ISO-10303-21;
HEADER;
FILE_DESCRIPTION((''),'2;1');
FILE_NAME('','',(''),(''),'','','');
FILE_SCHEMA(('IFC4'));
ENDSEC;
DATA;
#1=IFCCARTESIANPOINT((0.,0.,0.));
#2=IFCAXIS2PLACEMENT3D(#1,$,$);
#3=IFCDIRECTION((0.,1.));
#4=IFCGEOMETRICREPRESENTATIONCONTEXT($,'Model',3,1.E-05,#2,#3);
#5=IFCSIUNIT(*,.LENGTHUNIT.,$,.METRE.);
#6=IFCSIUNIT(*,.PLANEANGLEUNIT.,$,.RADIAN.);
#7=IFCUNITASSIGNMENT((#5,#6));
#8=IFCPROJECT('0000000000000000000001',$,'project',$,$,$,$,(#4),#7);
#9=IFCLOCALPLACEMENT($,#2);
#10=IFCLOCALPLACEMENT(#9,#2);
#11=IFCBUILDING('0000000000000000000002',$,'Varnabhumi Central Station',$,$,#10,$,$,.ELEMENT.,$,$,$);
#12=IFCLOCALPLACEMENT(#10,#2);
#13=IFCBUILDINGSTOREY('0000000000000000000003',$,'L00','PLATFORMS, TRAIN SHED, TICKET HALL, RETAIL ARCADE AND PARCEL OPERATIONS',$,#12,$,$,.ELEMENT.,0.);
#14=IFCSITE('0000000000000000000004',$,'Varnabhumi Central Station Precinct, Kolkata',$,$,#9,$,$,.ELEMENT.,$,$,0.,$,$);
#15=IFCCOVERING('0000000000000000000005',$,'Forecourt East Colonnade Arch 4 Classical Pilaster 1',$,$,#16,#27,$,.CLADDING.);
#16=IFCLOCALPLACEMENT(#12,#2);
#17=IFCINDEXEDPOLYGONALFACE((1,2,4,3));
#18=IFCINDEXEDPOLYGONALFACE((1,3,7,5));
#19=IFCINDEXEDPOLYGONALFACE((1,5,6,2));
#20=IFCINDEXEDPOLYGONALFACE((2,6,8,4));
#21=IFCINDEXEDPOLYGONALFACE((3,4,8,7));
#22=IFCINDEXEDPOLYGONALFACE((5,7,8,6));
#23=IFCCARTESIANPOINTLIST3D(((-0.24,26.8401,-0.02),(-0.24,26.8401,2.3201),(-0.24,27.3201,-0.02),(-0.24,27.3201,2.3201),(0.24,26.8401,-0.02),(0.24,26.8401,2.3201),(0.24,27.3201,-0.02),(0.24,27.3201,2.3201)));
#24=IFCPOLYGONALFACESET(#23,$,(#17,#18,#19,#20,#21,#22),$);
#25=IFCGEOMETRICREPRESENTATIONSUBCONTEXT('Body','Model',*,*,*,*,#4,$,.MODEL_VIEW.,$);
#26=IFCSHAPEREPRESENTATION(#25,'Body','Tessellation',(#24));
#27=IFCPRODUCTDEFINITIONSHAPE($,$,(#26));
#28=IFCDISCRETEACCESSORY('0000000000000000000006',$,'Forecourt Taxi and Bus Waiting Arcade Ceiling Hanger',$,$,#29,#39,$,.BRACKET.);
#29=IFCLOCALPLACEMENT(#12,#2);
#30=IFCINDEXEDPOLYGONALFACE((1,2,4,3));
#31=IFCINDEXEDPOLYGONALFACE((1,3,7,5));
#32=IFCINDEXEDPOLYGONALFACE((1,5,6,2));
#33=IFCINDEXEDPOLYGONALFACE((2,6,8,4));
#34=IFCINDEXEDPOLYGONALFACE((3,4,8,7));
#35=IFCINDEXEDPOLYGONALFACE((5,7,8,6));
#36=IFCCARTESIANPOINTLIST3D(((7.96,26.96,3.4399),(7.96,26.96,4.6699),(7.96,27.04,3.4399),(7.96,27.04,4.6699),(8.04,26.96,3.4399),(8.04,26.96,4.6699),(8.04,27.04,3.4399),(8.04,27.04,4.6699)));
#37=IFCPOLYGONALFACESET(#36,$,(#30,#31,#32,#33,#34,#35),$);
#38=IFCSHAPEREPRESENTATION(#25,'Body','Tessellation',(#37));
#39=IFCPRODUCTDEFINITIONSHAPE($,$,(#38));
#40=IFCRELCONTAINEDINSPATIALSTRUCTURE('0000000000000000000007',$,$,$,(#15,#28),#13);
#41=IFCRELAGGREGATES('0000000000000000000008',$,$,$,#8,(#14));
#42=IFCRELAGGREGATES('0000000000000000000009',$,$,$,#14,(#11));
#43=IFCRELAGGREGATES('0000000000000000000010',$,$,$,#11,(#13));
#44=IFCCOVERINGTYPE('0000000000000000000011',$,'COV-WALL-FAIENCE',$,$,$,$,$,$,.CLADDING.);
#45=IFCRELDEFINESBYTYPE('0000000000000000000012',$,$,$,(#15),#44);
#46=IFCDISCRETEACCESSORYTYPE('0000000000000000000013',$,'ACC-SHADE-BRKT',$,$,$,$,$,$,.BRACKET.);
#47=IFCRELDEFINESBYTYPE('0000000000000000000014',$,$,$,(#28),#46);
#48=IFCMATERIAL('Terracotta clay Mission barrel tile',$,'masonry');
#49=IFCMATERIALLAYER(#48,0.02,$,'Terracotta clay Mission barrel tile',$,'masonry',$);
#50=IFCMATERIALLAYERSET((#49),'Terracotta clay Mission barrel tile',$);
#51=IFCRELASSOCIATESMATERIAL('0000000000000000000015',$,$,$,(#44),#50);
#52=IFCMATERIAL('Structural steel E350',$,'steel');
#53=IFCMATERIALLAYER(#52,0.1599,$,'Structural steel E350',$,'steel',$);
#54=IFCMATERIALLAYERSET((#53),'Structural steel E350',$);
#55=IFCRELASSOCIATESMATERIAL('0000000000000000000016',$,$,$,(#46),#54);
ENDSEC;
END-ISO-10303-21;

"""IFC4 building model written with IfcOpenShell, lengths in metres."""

from ifc_helpers import new_model, si_unit, direction, frame, origin, origin_2d, place, context, subcontext, project, spatial, rectangle, extrude, material, layer, layer_set, type_object, element, save


model = new_model("IFC4")

# Units and contexts
model_context = context("Model", 3, precision=1e-05, world=origin(), true_north=direction((0.0, 1.0)))
body_context = subcontext(model_context, "Body", "Model", "MODEL_VIEW")
ifc_project = project(units=[si_unit("LENGTHUNIT", "METRE"), si_unit("PLANEANGLEUNIT", "RADIAN")], contexts=[model_context])

# Site, building, storey
site_placement = place(None, origin())
site = spatial("IfcSite", under=ifc_project, at=site_placement, Name="Varnabhumi Central Station Precinct, Kolkata", CompositionType="ELEMENT", RefElevation=0.0)
building_placement = place(site_placement, origin())
building = spatial("IfcBuilding", under=site, at=building_placement, Name="Varnabhumi Central Station", CompositionType="ELEMENT")
storey_placement = place(building_placement, origin())
storey = spatial("IfcBuildingStorey", under=building, at=storey_placement, Name="L00", Description="PLATFORMS, TRAIN SHED, TICKET HALL, RETAIL ARCADE AND PARCEL OPERATIONS", CompositionType="ELEMENT", Elevation=0.0)

# Covering
ifc_material_1 = material(Name="Terracotta clay Mission barrel tile", Category="masonry")
ifc_layer_1 = layer(ifc_material_1, 0.02, Name="Terracotta clay Mission barrel tile", Category="masonry")
ifc_layer_set_1 = layer_set([ifc_layer_1], Name="Terracotta clay Mission barrel tile")
covering_type = type_object("IfcCoveringType", Name="COV-WALL-FAIENCE", PredefinedType="CLADDING", material=ifc_layer_set_1)
covering_1_placement = place(storey_placement, frame((0.0, 27.0801, -0.02), z_axis=(0.0, 0.0, 1.0), x_axis=(1.0, 0.0, 0.0)))
element("IfcCovering", 1, at=covering_1_placement, inside=storey, type_object=covering_type, Name="Forecourt East Colonnade Arch 4 Classical Pilaster 1", PredefinedType="CLADDING", context=body_context, shape_type="SweptSolid", body=[
    extrude(rectangle(XDim=0.48, YDim=0.48, at=origin_2d()), origin(), (0.0, 0.0, 1.0), 2.3401),
])

# Discrete accessory
ifc_material_2 = material(Name="Structural steel E350", Category="steel")
ifc_layer_2 = layer(ifc_material_2, 0.1599, Name="Structural steel E350", Category="steel")
ifc_layer_set_2 = layer_set([ifc_layer_2], Name="Structural steel E350")
discrete_accessory_type = type_object("IfcDiscreteAccessoryType", Name="ACC-SHADE-BRKT", PredefinedType="BRACKET", material=ifc_layer_set_2)
discrete_accessory_placement = place(storey_placement, frame((8.0, 27.0, 3.4399), z_axis=(0.0, 0.0, 1.0), x_axis=(1.0, 0.0, 0.0)))
element("IfcDiscreteAccessory", 2, at=discrete_accessory_placement, inside=storey, type_object=discrete_accessory_type, Name="Forecourt Taxi and Bus Waiting Arcade Ceiling Hanger", PredefinedType="BRACKET", context=body_context, shape_type="SweptSolid", body=[
    extrude(rectangle(XDim=0.0801, YDim=0.0801, at=origin_2d()), origin(), (0.0, 0.0, 1.0), 1.23),
])

save(model, "model.ifc")
